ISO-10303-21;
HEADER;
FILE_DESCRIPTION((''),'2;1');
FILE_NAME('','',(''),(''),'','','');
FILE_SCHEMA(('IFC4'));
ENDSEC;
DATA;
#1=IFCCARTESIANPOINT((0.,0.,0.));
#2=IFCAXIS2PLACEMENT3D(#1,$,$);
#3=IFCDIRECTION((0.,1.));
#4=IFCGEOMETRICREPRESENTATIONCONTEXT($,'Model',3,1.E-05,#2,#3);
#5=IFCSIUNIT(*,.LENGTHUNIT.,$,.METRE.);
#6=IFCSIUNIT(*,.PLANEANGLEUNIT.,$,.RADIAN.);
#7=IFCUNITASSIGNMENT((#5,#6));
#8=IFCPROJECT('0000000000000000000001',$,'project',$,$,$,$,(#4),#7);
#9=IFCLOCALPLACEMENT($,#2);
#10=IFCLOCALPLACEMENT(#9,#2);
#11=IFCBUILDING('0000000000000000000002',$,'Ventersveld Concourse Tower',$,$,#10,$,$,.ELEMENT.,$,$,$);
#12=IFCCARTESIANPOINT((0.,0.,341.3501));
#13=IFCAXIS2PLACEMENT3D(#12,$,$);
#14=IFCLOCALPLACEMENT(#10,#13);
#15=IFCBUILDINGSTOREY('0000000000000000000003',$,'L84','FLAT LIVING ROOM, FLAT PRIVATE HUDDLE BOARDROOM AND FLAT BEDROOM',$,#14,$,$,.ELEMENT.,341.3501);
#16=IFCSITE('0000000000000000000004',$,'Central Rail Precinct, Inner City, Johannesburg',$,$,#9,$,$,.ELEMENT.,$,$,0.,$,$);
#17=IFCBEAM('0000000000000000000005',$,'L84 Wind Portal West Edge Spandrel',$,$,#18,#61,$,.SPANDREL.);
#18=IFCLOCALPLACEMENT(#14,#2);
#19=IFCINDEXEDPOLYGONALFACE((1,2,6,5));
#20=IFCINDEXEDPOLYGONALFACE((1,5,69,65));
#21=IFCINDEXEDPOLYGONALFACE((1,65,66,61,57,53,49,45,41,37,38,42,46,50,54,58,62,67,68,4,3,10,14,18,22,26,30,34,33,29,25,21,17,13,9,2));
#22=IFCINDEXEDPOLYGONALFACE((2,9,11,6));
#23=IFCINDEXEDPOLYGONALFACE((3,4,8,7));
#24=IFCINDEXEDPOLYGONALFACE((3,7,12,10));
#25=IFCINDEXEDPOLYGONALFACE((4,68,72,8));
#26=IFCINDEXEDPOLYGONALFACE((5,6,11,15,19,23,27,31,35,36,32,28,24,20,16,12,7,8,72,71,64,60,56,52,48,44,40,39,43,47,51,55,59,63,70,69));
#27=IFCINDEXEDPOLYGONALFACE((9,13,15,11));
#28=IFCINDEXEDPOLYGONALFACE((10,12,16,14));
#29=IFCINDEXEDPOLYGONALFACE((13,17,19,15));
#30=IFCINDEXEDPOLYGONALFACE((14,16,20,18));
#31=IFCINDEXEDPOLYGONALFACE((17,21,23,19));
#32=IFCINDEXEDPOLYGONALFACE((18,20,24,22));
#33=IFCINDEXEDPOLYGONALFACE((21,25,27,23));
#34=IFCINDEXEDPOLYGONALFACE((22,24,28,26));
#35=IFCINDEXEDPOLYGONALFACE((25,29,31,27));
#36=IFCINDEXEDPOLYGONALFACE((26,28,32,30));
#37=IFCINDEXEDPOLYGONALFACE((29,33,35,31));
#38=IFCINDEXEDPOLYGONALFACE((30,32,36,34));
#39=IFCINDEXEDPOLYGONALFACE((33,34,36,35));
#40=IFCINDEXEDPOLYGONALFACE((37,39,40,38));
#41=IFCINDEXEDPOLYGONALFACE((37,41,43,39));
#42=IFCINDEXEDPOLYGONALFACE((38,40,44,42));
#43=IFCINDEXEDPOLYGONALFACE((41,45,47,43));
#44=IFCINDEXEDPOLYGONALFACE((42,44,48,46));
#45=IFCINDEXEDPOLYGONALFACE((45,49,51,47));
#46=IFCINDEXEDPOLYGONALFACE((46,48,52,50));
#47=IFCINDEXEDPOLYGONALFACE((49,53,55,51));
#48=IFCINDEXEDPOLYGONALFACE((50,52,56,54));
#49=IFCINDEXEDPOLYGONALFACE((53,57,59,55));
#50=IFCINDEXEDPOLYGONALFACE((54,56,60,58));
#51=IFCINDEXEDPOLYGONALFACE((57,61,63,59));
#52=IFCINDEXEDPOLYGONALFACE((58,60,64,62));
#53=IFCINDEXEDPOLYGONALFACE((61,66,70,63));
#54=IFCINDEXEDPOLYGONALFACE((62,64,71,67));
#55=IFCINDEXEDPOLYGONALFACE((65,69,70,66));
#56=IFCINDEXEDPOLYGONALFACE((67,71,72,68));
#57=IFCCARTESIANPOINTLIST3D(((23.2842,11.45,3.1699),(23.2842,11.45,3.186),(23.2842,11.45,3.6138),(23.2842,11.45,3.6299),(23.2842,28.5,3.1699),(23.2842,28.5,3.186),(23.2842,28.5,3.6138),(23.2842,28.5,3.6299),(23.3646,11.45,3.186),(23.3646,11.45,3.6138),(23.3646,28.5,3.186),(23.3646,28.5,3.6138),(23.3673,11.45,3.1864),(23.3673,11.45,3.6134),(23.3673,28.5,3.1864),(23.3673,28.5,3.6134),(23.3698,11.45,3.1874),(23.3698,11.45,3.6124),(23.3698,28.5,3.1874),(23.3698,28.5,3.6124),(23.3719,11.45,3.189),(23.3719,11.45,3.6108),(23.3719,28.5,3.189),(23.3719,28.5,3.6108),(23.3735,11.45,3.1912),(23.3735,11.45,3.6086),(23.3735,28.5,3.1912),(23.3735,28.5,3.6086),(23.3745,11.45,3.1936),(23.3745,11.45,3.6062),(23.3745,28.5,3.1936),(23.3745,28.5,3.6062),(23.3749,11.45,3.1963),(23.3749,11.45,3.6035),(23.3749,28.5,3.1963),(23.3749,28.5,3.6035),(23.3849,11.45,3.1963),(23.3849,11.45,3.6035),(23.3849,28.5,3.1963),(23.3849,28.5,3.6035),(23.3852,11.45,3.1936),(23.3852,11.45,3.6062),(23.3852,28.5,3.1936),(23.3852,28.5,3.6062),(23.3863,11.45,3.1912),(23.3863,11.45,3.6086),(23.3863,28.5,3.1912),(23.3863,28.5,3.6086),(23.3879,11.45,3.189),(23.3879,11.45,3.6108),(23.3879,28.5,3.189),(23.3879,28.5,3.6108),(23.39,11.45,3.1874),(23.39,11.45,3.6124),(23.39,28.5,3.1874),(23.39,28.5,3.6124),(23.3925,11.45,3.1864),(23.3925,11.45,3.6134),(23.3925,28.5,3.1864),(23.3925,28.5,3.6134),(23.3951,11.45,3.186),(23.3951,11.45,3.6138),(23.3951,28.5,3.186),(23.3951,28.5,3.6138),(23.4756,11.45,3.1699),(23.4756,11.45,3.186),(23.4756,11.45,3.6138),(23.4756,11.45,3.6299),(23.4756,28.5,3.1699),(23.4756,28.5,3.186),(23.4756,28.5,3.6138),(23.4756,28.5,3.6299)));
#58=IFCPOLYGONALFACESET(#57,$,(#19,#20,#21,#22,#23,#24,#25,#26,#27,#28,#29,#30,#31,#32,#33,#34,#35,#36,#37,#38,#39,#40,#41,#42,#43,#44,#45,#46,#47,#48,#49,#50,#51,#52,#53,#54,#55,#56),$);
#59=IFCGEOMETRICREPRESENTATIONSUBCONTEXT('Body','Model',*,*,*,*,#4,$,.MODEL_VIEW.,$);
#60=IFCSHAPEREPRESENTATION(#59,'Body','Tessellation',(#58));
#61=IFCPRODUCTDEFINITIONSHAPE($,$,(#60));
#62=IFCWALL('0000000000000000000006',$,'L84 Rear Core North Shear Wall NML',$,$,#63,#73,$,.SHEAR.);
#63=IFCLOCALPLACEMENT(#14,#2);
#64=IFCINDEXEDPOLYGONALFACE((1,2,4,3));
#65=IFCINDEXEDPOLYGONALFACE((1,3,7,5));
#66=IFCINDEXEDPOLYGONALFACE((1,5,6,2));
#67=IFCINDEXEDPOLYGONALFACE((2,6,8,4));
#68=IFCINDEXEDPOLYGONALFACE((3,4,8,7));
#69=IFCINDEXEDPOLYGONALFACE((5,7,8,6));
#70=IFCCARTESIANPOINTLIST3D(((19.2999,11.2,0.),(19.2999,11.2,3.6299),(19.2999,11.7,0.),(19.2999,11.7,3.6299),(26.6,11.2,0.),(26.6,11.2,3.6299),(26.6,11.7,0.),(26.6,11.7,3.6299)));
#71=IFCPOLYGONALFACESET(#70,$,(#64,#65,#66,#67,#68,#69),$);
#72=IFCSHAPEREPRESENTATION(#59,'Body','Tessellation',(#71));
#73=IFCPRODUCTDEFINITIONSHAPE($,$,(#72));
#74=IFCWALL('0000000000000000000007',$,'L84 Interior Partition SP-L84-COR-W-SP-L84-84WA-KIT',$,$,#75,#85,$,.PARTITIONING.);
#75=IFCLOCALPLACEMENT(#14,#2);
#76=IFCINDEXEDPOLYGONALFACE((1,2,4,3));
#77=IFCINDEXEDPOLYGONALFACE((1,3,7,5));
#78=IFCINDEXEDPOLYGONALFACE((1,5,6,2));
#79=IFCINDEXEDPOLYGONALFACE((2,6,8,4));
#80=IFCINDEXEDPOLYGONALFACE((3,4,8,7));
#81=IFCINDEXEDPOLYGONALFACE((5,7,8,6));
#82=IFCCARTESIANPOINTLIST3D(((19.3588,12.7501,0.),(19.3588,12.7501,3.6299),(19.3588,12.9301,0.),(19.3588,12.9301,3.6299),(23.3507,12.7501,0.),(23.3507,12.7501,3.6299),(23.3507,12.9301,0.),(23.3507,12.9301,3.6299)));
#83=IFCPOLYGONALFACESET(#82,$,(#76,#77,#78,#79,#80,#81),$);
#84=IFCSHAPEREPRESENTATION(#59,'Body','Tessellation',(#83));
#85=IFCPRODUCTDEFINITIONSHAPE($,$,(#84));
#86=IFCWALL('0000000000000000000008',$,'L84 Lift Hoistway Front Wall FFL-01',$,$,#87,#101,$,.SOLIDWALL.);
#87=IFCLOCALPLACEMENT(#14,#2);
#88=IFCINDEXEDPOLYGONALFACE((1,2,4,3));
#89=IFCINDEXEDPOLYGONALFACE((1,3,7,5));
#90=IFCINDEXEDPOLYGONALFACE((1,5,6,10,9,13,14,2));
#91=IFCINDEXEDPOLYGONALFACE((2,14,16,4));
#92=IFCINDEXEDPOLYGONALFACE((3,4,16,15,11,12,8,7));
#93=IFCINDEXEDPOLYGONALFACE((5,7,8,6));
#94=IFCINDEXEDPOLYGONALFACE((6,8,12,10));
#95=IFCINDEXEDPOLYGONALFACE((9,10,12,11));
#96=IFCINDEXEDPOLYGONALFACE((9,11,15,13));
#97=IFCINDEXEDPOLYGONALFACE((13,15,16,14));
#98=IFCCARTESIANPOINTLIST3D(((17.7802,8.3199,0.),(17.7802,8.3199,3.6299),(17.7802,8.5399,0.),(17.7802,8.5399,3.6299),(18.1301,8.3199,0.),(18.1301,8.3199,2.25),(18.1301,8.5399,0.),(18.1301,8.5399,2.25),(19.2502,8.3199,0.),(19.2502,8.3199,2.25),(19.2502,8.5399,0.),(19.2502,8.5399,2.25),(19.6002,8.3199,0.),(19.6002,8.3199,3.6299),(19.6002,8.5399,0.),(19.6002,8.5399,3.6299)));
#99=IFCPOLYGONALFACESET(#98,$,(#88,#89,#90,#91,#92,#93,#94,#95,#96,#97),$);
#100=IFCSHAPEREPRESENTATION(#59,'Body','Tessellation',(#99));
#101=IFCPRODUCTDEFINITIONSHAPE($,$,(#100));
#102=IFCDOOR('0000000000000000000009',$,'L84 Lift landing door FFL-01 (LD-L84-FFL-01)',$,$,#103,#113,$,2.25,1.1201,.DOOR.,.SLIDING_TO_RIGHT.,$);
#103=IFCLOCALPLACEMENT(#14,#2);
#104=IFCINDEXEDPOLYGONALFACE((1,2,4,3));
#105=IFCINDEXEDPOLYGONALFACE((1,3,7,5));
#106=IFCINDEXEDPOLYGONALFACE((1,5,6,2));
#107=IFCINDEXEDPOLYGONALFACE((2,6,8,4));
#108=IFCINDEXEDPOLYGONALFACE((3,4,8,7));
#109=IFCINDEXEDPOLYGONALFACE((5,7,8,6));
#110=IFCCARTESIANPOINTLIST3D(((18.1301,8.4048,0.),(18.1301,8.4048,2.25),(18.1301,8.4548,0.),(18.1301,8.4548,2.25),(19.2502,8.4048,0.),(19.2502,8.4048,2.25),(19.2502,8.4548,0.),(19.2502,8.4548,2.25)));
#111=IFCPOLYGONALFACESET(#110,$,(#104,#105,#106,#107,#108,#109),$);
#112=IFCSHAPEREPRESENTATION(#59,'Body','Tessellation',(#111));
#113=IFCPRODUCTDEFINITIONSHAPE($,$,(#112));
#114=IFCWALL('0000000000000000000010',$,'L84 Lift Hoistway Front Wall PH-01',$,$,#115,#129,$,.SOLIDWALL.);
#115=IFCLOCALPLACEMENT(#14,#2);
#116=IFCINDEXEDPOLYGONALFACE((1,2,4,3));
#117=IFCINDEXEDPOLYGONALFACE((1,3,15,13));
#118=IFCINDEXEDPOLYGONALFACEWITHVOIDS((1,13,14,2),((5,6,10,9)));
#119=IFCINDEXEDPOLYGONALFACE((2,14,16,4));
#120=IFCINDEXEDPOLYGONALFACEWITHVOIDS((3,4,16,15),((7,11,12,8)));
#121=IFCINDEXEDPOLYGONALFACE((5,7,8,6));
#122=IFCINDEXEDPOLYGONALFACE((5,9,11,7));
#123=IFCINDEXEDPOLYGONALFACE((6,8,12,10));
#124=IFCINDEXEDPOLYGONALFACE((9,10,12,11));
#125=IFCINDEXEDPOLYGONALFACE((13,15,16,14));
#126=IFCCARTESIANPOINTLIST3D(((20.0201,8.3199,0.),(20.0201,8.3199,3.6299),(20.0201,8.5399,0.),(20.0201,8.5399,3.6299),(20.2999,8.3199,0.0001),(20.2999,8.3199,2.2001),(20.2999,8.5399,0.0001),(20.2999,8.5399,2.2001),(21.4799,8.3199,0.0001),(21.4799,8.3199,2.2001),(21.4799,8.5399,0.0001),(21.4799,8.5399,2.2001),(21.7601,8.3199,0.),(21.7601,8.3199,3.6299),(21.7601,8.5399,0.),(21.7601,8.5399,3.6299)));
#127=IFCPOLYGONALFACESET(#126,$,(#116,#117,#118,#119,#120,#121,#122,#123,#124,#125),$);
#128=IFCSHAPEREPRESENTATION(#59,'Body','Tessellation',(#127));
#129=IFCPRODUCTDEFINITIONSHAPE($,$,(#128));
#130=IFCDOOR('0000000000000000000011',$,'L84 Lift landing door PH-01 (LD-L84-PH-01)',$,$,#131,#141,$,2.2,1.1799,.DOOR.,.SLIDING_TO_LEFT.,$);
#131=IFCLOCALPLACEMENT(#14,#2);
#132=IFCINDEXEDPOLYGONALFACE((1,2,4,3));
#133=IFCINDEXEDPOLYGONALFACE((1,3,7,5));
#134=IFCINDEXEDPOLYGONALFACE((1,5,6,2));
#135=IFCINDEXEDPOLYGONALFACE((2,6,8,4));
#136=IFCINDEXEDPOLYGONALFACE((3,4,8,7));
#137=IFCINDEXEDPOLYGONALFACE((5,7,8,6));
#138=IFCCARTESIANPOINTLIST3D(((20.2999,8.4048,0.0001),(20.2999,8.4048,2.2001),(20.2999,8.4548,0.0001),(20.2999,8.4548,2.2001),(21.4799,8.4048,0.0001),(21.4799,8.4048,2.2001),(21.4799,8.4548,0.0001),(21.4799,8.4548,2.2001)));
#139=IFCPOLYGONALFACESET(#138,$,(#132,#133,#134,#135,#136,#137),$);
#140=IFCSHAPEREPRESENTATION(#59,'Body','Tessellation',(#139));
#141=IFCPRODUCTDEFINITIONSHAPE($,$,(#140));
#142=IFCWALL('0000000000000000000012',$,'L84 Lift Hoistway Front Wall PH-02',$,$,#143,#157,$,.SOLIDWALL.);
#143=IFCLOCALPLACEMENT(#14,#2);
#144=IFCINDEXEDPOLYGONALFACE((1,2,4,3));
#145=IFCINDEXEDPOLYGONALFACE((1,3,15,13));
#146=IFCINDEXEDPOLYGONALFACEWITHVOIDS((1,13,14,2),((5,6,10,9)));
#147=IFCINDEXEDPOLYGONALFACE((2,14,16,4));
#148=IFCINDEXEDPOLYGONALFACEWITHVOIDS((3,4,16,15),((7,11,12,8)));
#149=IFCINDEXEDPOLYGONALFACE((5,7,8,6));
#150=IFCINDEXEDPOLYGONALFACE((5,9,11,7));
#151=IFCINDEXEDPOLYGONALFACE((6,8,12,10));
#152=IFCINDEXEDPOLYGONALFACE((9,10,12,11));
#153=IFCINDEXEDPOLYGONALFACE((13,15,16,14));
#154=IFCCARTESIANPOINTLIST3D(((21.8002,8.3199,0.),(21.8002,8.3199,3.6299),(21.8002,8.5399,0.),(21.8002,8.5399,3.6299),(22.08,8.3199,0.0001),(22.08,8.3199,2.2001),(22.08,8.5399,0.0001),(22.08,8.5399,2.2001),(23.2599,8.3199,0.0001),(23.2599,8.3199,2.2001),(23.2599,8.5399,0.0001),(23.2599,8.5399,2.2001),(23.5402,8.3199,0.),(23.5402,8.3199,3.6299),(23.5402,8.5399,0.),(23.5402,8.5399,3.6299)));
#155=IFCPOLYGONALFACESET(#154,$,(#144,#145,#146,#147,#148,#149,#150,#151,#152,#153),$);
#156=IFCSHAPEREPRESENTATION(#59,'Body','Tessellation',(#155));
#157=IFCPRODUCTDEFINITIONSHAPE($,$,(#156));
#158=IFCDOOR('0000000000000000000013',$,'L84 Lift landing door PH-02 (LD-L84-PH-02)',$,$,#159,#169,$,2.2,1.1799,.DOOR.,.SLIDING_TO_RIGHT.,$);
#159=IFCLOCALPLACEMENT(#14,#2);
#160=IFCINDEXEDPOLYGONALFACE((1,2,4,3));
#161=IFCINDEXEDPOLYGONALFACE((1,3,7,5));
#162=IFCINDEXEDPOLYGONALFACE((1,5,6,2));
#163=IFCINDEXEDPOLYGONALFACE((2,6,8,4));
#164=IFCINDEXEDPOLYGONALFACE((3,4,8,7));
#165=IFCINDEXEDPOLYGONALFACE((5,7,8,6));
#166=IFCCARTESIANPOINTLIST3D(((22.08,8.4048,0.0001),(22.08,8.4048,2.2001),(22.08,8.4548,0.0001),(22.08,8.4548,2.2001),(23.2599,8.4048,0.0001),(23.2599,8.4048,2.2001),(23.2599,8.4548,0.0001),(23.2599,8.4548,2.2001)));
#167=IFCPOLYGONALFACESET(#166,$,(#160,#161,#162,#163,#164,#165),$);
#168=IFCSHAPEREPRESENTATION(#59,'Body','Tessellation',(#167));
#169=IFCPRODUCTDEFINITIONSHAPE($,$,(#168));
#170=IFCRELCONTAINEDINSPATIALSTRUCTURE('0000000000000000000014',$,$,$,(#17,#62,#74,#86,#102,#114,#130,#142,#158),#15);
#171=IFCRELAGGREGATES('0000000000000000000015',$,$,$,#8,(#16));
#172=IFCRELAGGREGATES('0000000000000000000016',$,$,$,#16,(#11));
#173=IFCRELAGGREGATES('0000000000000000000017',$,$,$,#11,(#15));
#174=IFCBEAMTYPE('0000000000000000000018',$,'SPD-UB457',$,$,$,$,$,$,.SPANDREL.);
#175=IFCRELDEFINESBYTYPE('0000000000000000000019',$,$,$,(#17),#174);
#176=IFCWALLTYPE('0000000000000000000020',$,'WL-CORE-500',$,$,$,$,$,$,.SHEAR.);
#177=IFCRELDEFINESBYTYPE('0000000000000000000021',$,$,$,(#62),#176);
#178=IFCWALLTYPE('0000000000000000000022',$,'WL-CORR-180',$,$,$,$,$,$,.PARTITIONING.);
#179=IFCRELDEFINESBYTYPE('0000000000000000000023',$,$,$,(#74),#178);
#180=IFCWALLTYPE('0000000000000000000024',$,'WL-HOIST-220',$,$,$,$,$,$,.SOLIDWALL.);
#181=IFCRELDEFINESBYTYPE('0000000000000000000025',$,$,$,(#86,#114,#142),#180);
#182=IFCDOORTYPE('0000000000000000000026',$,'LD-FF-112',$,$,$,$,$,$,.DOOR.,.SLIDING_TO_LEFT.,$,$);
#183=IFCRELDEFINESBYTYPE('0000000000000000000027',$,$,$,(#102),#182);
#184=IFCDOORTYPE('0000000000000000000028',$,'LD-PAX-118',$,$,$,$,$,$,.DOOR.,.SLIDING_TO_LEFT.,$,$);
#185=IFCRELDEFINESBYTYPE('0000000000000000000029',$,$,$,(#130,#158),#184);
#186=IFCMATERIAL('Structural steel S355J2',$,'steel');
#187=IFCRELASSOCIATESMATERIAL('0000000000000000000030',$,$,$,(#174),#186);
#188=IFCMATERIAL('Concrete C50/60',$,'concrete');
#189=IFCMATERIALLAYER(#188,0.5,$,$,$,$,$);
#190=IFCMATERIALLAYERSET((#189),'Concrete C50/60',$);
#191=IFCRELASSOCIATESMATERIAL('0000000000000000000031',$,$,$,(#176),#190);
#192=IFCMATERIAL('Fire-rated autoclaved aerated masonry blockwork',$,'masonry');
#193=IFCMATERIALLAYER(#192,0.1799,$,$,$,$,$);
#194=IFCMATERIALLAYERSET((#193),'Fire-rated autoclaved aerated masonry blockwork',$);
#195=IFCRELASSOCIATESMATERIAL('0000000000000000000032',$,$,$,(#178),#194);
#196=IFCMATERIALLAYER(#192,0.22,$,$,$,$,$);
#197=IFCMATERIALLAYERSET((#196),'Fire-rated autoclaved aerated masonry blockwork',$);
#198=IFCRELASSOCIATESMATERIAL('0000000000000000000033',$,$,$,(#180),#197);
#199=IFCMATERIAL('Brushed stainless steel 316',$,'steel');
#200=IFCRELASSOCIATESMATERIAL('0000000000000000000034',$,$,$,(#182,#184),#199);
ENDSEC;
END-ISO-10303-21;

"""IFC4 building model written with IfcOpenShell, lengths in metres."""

from ifc_helpers import new_model, si_unit, direction, frame, frame_2d, origin, origin_2d, place, context, subcontext, project, spatial, rectangle, i_section, extrude, material, layer, layer_set, material_profile, profile_set, type_object, element, fill, save


model = new_model("IFC4")

# Units and contexts
model_context = context("Model", 3, precision=1e-05, world=origin(), true_north=direction((0.0, 1.0)))
body_context = subcontext(model_context, "Body", "Model", "MODEL_VIEW")
ifc_project = project(units=[si_unit("LENGTHUNIT", "METRE"), si_unit("PLANEANGLEUNIT", "RADIAN")], contexts=[model_context])

# Site, building, storey
site_placement = place(None, origin())
site = spatial("IfcSite", under=ifc_project, at=site_placement, Name="Central Rail Precinct, Inner City, Johannesburg", CompositionType="ELEMENT", RefElevation=0.0)
building_placement = place(site_placement, origin())
building = spatial("IfcBuilding", under=site, at=building_placement, Name="Ventersveld Concourse Tower", CompositionType="ELEMENT")
storey_placement = place(building_placement, frame((0.0, 0.0, 341.3501)))
storey = spatial("IfcBuildingStorey", under=building, at=storey_placement, Name="L84", Description="FLAT LIVING ROOM, FLAT PRIVATE HUDDLE BOARDROOM AND FLAT BEDROOM", CompositionType="ELEMENT", Elevation=341.3501)

# Shared definitions
ifc_material_1 = material(Name="Structural steel S355J2", Category="steel")
ifc_material_2 = material(Name="Concrete C50/60", Category="concrete")

# Beam
ifc_material_profile_1 = material_profile(ifc_material_1, i_section(OverallWidth=0.1914, OverallDepth=0.46, WebThickness=0.01, FlangeThickness=0.0161, FilletRadius=0.0103, at=origin_2d()), Name="UB 457x191x82")
ifc_profile_set_1 = profile_set([ifc_material_profile_1], Name="Structural steel S355J2")
beam_type_1 = type_object("IfcBeamType", Name="SPD-UB457", PredefinedType="SPANDREL", material=ifc_profile_set_1)
beam_1_placement = place(storey_placement, frame((23.3799, 11.45, 3.3999), z_axis=(0.0, 1.0, 0.0), x_axis=(-1.0, 0.0, 0.0)))
element("IfcBeam", 1, at=beam_1_placement, inside=storey, type_object=beam_type_1, Name="L84 Wind Portal West Edge Spandrel", PredefinedType="SPANDREL", context=body_context, shape_type="SweptSolid", body=[
    extrude(i_section(OverallWidth=0.1914, OverallDepth=0.46, WebThickness=0.01, FlangeThickness=0.0161, FilletRadius=0.0103, at=origin_2d()), origin(), (0.0, 0.0, 1.0), 17.05),
])

# Walls
ifc_layer_1 = layer(ifc_material_2, 0.5)
ifc_layer_set_1 = layer_set([ifc_layer_1], Name="Concrete C50/60")
wall_type_1 = type_object("IfcWallType", Name="WL-CORE-500", PredefinedType="SHEAR", material=ifc_layer_set_1)
wall_1_placement = place(storey_placement, frame((19.3, 11.45, 0.0), z_axis=(0.0, 0.0, 1.0), x_axis=(1.0, 0.0, 0.0)))
element("IfcWall", 2, at=wall_1_placement, inside=storey, type_object=wall_type_1, Name="L84 Rear Core North Shear Wall NML", PredefinedType="SHEAR", context=body_context, shape_type="SweptSolid", body=[
    extrude(rectangle(XDim=7.3, YDim=0.5, at=frame_2d((3.6499, 0.0))), origin(), (0.0, 0.0, 1.0), 3.6299),
])
ifc_material_3 = material(Name="Fire-rated autoclaved aerated masonry blockwork", Category="masonry")
ifc_layer_2 = layer(ifc_material_3, 0.1799)
ifc_layer_set_2 = layer_set([ifc_layer_2], Name="Fire-rated autoclaved aerated masonry blockwork")
wall_type_2 = type_object("IfcWallType", Name="WL-CORR-180", PredefinedType="PARTITIONING", material=ifc_layer_set_2)
wall_2_placement = place(storey_placement, frame((19.3586, 12.8401, 0.0), z_axis=(0.0, 0.0, 1.0), x_axis=(1.0, 0.0, 0.0)))
element("IfcWall", 3, at=wall_2_placement, inside=storey, type_object=wall_type_2, Name="L84 Interior Partition SP-L84-COR-W-SP-L84-84WA-KIT", PredefinedType="PARTITIONING", context=body_context, shape_type="SweptSolid", body=[
    extrude(rectangle(XDim=3.9919, YDim=0.1799, at=frame_2d((1.9961, 0.0))), origin(), (0.0, 0.0, 1.0), 3.6299),
])

# Walls, openings, doors
ifc_layer_3 = layer(ifc_material_3, 0.22)
ifc_layer_set_3 = layer_set([ifc_layer_3], Name="Fire-rated autoclaved aerated masonry blockwork")
wall_type_3 = type_object("IfcWallType", Name="WL-HOIST-220", PredefinedType="SOLIDWALL", material=ifc_layer_set_3)
wall_3_placement = place(storey_placement, frame((17.78, 8.4299, 0.0), z_axis=(0.0, 0.0, 1.0), x_axis=(1.0, 0.0, 0.0)))
wall_3 = element("IfcWall", 4, at=wall_3_placement, inside=storey, type_object=wall_type_3, Name="L84 Lift Hoistway Front Wall FFL-01", PredefinedType="SOLIDWALL", context=body_context, shape_type="SweptSolid", body=[
    extrude(rectangle(XDim=1.8201, YDim=0.22, at=frame_2d((0.9102, 0.0))), origin(), (0.0, 0.0, 1.0), 3.6299),
])
opening_1_placement = place(wall_3_placement, frame((0.3501, 0.0, 0.0)))
opening_1 = element("IfcOpeningElement", 5, at=opening_1_placement, cuts=wall_3, PredefinedType="OPENING", context=body_context, shape_type="SweptSolid", body=[
    extrude(rectangle(XDim=1.1201, YDim=2.25, at=frame_2d((0.5601, 1.125))), frame((0.0, 0.1201, 0.0), z_axis=(0.0, -1.0, 0.0), x_axis=(1.0, 0.0, 0.0)), (0.0, 0.0, 1.0), 0.24),
])
ifc_material_4 = material(Name="Brushed stainless steel 316", Category="steel")
door_type_1 = type_object("IfcDoorType", Name="LD-FF-112", OperationType="SLIDING_TO_LEFT", PredefinedType="DOOR", material=ifc_material_4)
door_1_placement = place(opening_1_placement, origin())
door_1 = element("IfcDoor", 6, at=door_1_placement, inside=storey, type_object=door_type_1, Name="L84 Lift landing door FFL-01 (LD-L84-FFL-01)", OperationType="SLIDING_TO_RIGHT", OverallHeight=2.25, OverallWidth=1.1201, PredefinedType="DOOR", context=body_context, shape_type="SweptSolid", body=[
    extrude(rectangle(XDim=1.1201, YDim=2.25, at=frame_2d((0.5601, 1.125))), frame((0.0, 0.0249, 0.0), z_axis=(0.0, -1.0, 0.0), x_axis=(1.0, 0.0, 0.0)), (0.0, 0.0, 1.0), 0.05),
])
fill(opening_1, door_1)
wall_4_placement = place(storey_placement, frame((20.02, 8.4299, 0.0), z_axis=(0.0, 0.0, 1.0), x_axis=(1.0, 0.0, 0.0)))
wall_4 = element("IfcWall", 7, at=wall_4_placement, inside=storey, type_object=wall_type_3, Name="L84 Lift Hoistway Front Wall PH-01", PredefinedType="SOLIDWALL", context=body_context, shape_type="SweptSolid", body=[
    extrude(rectangle(XDim=1.74, YDim=0.22, at=frame_2d((0.8701, 0.0))), origin(), (0.0, 0.0, 1.0), 3.6299),
])
opening_2_placement = place(wall_4_placement, frame((0.28, 0.0, 0.0)))
opening_2 = element("IfcOpeningElement", 8, at=opening_2_placement, cuts=wall_4, PredefinedType="OPENING", context=body_context, shape_type="SweptSolid", body=[
    extrude(rectangle(XDim=1.1799, YDim=2.2, at=frame_2d((0.5898, 1.1001))), frame((0.0, 0.1201, 0.0), z_axis=(0.0, -1.0, 0.0), x_axis=(1.0, 0.0, 0.0)), (0.0, 0.0, 1.0), 0.24),
])
door_type_2 = type_object("IfcDoorType", Name="LD-PAX-118", OperationType="SLIDING_TO_LEFT", PredefinedType="DOOR", material=ifc_material_4)
door_2_placement = place(opening_2_placement, origin())
door_2 = element("IfcDoor", 9, at=door_2_placement, inside=storey, type_object=door_type_2, Name="L84 Lift landing door PH-01 (LD-L84-PH-01)", OperationType="SLIDING_TO_LEFT", OverallHeight=2.2, OverallWidth=1.1799, PredefinedType="DOOR", context=body_context, shape_type="SweptSolid", body=[
    extrude(rectangle(XDim=1.1799, YDim=2.2, at=frame_2d((0.5898, 1.1001))), frame((0.0, 0.0249, 0.0), z_axis=(0.0, -1.0, 0.0), x_axis=(1.0, 0.0, 0.0)), (0.0, 0.0, 1.0), 0.05),
])
fill(opening_2, door_2)
wall_5_placement = place(storey_placement, frame((21.8, 8.4299, 0.0), z_axis=(0.0, 0.0, 1.0), x_axis=(1.0, 0.0, 0.0)))
wall_5 = element("IfcWall", 10, at=wall_5_placement, inside=storey, type_object=wall_type_3, Name="L84 Lift Hoistway Front Wall PH-02", PredefinedType="SOLIDWALL", context=body_context, shape_type="SweptSolid", body=[
    extrude(rectangle(XDim=1.74, YDim=0.22, at=frame_2d((0.8701, 0.0))), origin(), (0.0, 0.0, 1.0), 3.6299),
])
opening_3_placement = place(wall_5_placement, frame((0.28, 0.0, 0.0)))
opening_3 = element("IfcOpeningElement", 11, at=opening_3_placement, cuts=wall_5, PredefinedType="OPENING", context=body_context, shape_type="SweptSolid", body=[
    extrude(rectangle(XDim=1.1799, YDim=2.2, at=frame_2d((0.5898, 1.1001))), frame((0.0, 0.1201, 0.0), z_axis=(0.0, -1.0, 0.0), x_axis=(1.0, 0.0, 0.0)), (0.0, 0.0, 1.0), 0.24),
])
door_3_placement = place(opening_3_placement, origin())
door_3 = element("IfcDoor", 12, at=door_3_placement, inside=storey, type_object=door_type_2, Name="L84 Lift landing door PH-02 (LD-L84-PH-02)", OperationType="SLIDING_TO_RIGHT", OverallHeight=2.2, OverallWidth=1.1799, PredefinedType="DOOR", context=body_context, shape_type="SweptSolid", body=[
    extrude(rectangle(XDim=1.1799, YDim=2.2, at=frame_2d((0.5898, 1.1001))), frame((0.0, 0.0249, 0.0), z_axis=(0.0, -1.0, 0.0), x_axis=(1.0, 0.0, 0.0)), (0.0, 0.0, 1.0), 0.05),
])
fill(opening_3, door_3)

save(model, "model.ifc")
